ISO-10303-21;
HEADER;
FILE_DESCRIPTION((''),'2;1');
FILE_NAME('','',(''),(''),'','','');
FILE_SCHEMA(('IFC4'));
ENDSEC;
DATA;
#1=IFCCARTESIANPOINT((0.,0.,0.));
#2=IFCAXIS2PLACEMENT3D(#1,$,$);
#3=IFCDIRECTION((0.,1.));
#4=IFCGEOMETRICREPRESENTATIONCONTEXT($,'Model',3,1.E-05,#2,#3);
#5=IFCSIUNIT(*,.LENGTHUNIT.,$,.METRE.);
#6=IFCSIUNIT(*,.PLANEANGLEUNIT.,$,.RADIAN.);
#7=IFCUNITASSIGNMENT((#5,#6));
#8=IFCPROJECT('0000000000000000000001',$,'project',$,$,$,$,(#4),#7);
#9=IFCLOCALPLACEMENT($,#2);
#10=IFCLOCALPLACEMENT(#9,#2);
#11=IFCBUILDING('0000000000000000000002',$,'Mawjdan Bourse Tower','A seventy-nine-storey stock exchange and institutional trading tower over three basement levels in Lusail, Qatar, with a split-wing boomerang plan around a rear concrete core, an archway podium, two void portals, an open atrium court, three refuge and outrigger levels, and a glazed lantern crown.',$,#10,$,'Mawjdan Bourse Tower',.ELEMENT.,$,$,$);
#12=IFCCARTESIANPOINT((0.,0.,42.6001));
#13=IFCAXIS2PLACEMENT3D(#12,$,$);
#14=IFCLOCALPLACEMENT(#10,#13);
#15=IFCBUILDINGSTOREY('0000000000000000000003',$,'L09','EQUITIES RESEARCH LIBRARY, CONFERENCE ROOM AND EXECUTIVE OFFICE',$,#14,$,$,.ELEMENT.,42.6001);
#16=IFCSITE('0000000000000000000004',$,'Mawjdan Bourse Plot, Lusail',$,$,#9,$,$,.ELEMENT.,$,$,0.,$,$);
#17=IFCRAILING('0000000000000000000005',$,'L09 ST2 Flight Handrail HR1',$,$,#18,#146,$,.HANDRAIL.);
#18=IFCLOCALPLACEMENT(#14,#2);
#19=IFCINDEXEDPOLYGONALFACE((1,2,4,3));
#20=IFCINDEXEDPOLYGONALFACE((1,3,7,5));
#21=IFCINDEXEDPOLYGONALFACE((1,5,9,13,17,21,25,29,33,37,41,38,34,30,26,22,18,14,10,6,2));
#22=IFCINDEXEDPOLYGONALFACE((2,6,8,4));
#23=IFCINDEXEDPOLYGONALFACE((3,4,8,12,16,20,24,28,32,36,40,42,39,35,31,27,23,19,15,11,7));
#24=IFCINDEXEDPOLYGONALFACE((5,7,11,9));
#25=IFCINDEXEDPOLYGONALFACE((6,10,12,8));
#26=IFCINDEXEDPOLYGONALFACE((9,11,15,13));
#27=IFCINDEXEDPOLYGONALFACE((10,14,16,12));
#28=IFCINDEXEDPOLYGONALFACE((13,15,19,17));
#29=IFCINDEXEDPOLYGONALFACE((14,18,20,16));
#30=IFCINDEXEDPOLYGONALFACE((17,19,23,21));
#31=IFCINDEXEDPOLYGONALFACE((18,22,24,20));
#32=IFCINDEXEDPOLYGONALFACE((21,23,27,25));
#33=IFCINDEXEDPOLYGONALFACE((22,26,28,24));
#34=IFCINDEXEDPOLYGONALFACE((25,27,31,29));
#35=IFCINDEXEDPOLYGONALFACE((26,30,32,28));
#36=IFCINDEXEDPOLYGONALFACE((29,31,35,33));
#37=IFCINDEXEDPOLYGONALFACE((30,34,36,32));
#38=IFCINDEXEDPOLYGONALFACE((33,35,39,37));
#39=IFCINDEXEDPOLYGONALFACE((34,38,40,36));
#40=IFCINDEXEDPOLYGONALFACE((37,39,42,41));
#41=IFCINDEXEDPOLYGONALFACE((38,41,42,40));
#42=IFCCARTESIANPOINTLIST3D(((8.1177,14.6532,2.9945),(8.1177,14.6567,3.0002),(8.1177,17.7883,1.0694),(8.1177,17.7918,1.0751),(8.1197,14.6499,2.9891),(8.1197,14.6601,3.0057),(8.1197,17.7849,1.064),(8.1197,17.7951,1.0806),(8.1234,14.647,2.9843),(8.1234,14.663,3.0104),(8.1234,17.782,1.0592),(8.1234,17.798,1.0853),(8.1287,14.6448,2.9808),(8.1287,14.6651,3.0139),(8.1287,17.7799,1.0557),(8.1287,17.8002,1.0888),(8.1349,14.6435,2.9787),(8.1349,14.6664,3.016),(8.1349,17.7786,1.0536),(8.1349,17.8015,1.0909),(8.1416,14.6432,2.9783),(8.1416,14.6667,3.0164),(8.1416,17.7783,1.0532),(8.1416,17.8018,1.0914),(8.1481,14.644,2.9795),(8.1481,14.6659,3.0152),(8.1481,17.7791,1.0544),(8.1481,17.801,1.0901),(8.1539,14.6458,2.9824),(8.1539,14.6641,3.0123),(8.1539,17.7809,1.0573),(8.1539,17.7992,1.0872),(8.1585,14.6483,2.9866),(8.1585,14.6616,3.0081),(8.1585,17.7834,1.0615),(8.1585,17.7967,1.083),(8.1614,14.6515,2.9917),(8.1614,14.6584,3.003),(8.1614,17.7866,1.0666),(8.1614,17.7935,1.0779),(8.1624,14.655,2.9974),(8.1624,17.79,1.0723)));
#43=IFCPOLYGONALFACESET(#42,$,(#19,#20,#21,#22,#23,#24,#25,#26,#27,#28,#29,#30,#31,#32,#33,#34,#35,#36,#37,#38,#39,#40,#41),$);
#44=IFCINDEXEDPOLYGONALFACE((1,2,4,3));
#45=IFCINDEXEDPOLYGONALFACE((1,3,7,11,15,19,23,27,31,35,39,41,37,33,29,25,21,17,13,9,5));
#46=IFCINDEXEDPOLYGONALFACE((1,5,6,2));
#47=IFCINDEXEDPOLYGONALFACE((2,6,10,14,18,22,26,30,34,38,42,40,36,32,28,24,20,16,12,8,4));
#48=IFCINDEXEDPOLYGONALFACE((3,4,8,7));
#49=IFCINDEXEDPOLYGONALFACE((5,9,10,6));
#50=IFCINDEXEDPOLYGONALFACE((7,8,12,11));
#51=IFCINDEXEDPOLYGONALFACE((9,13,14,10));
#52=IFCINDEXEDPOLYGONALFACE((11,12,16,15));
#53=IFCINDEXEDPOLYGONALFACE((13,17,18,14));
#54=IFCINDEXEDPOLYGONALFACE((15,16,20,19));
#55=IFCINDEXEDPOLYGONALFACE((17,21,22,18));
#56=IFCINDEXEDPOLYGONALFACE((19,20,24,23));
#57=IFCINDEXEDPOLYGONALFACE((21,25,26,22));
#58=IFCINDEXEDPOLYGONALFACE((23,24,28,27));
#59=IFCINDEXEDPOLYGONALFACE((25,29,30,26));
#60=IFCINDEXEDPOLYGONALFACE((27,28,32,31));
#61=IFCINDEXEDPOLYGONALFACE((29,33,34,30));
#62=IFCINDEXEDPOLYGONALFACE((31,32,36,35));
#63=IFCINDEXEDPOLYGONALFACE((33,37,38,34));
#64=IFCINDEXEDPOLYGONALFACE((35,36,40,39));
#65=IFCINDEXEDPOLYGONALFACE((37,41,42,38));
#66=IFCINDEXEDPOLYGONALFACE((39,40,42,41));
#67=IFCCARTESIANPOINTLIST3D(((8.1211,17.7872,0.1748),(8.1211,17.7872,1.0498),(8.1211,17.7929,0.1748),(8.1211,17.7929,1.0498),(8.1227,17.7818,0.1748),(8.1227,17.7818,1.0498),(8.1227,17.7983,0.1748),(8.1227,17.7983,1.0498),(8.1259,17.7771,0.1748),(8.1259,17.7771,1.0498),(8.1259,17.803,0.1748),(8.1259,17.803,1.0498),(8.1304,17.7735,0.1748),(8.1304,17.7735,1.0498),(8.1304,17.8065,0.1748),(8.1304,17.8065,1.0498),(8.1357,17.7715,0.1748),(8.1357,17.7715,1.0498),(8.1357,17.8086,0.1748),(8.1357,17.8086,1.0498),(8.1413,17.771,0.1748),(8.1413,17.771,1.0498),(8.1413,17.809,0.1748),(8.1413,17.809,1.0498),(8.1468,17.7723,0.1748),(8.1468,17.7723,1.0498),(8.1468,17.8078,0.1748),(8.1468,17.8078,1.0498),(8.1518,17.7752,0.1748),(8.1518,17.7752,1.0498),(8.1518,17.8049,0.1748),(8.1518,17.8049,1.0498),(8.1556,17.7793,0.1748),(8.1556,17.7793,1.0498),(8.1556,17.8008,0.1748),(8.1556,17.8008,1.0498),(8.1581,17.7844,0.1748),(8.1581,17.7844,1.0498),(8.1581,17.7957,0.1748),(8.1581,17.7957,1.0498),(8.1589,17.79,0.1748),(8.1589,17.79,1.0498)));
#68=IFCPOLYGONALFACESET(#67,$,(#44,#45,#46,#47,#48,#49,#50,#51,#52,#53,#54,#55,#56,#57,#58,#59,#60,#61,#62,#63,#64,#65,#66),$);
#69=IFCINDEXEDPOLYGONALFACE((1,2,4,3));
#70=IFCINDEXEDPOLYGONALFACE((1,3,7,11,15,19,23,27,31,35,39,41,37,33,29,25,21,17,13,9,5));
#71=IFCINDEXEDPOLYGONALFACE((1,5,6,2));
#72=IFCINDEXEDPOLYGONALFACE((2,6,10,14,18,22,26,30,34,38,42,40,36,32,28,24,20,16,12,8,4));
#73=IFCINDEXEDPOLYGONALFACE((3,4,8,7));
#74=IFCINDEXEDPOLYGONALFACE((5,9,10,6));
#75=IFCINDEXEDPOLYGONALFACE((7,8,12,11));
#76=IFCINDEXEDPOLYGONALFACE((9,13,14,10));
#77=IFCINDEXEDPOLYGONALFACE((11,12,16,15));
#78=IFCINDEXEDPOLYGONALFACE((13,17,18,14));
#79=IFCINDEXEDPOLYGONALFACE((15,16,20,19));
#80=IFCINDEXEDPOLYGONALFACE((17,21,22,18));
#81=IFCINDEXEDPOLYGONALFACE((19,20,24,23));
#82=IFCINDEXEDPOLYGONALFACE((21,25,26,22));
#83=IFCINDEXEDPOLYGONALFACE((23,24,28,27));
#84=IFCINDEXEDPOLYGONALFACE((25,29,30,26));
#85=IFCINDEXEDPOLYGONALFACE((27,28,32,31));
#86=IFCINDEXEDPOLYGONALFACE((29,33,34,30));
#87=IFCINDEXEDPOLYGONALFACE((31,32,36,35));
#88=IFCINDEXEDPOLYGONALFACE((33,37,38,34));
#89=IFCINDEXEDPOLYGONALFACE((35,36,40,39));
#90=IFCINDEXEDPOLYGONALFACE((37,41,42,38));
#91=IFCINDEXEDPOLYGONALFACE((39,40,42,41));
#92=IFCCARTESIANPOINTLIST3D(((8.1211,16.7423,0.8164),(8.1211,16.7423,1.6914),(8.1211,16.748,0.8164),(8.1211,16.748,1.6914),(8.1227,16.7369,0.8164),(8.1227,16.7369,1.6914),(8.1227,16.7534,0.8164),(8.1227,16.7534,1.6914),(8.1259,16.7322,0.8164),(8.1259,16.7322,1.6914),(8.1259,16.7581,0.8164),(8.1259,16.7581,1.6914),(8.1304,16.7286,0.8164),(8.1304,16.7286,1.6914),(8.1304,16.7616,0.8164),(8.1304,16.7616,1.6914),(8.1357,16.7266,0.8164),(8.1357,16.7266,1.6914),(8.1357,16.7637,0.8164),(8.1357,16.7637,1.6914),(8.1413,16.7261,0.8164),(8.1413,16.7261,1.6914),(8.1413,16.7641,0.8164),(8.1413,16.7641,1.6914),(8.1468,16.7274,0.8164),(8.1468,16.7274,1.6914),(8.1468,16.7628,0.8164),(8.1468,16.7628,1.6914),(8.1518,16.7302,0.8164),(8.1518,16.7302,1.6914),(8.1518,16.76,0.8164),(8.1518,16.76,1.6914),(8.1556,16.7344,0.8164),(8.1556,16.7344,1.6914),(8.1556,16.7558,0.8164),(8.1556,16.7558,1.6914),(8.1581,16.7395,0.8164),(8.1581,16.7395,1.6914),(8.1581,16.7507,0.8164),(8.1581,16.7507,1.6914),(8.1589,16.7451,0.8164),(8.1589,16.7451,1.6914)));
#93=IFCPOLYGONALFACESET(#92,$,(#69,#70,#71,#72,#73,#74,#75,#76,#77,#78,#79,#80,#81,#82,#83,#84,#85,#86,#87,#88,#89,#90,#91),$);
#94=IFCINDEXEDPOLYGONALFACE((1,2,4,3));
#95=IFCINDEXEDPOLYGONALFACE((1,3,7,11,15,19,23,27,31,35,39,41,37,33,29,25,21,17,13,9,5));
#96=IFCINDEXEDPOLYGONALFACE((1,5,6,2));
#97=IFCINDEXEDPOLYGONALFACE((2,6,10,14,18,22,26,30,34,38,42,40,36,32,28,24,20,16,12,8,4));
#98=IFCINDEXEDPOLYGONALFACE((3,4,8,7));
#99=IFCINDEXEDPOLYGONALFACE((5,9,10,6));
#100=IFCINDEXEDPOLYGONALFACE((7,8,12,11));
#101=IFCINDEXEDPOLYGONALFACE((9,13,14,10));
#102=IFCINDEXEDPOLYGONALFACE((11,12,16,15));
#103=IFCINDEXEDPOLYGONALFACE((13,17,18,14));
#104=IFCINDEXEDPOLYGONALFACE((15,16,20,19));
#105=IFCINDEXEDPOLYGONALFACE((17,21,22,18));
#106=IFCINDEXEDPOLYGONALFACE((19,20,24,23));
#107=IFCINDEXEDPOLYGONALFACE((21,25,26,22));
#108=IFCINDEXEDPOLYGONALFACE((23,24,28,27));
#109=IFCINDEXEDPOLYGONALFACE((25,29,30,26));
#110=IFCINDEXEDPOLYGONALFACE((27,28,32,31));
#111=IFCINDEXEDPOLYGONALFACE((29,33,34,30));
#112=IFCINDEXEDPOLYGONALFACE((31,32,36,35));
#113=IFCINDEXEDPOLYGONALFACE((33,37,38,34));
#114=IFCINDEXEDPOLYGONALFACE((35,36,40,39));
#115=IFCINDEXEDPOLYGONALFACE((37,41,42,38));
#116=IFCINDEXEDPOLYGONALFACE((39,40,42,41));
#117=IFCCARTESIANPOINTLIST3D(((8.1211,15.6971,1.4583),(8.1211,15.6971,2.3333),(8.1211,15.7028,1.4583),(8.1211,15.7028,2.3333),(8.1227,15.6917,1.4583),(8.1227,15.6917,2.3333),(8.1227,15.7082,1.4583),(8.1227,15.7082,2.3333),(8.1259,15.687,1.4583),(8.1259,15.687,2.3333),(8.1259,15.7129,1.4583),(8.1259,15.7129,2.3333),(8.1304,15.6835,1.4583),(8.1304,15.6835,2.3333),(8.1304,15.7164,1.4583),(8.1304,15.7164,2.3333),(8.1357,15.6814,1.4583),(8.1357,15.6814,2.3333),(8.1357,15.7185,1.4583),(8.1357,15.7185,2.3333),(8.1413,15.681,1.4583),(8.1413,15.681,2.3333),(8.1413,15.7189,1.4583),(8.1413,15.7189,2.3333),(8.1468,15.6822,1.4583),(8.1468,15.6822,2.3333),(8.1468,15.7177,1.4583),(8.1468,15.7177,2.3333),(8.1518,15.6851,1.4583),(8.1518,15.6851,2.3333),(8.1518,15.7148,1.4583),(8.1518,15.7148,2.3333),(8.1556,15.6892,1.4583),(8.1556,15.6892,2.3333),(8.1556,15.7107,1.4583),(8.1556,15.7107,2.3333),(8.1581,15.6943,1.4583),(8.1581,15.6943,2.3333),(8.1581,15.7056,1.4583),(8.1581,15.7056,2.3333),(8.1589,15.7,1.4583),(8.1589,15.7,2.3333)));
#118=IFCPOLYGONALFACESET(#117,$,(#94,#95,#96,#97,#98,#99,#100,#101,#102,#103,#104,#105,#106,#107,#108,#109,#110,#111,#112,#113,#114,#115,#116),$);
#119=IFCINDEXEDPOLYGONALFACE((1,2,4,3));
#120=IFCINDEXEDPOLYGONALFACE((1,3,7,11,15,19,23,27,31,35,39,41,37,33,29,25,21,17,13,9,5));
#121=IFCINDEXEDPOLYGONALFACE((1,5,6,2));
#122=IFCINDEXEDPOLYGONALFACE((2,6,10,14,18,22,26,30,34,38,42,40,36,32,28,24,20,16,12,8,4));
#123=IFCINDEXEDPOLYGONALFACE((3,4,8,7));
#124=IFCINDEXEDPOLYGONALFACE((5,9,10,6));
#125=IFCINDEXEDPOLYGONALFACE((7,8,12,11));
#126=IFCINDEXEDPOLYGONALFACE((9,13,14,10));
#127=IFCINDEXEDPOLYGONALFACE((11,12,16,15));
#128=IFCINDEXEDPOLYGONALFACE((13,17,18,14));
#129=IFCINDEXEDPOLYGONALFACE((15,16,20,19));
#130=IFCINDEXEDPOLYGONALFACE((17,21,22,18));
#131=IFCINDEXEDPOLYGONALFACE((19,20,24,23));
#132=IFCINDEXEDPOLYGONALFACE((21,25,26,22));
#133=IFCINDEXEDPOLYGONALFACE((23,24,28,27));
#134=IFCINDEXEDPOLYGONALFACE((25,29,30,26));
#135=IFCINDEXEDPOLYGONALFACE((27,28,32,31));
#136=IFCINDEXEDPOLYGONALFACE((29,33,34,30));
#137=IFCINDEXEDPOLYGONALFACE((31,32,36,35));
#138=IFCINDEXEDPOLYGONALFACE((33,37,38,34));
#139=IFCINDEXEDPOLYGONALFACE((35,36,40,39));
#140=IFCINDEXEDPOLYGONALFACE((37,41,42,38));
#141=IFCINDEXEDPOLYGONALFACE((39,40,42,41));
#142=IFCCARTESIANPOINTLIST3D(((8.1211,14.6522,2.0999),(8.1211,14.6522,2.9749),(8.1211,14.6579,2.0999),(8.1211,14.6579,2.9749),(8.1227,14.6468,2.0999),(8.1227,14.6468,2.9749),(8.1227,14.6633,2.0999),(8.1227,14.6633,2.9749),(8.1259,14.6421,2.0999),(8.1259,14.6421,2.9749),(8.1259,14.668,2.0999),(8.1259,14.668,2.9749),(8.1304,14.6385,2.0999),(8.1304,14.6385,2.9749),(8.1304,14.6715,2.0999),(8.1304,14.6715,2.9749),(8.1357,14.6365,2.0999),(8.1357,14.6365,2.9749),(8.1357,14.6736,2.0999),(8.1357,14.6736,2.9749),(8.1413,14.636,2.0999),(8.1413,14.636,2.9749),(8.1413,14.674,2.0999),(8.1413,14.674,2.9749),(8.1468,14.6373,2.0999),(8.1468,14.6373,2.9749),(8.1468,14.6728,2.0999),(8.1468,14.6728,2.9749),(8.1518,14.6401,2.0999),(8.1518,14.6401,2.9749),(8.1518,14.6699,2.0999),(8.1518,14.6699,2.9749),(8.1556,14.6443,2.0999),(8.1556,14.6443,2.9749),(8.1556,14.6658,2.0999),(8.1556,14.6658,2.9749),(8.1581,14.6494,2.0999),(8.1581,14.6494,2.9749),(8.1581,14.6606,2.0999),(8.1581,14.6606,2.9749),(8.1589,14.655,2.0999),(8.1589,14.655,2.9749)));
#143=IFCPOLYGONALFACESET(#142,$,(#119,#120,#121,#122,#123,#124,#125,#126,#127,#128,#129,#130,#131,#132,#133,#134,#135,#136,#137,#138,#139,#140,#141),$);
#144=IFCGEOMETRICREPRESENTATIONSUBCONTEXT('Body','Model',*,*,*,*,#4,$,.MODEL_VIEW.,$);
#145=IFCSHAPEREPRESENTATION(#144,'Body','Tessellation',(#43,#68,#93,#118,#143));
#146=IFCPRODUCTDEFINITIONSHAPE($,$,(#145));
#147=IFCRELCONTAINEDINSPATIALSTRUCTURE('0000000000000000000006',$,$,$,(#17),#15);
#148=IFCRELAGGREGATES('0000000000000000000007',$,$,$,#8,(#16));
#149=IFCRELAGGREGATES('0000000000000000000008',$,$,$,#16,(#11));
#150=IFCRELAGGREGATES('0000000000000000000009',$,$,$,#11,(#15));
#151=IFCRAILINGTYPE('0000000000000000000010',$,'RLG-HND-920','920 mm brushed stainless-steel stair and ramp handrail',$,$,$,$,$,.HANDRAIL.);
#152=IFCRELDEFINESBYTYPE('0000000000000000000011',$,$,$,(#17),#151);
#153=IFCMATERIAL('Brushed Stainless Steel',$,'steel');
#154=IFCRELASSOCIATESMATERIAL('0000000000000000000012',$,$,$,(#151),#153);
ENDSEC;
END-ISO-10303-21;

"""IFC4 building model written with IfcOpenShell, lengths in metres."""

from ifc_helpers import new_model, si_unit, direction, frame, origin, origin_2d, place, context, subcontext, project, spatial, circle, extrude, material, type_object, element, save


model = new_model("IFC4")

# Units and contexts
model_context = context("Model", 3, precision=1e-05, world=origin(), true_north=direction((0.0, 1.0)))
body_context = subcontext(model_context, "Body", "Model", "MODEL_VIEW")
ifc_project = project(units=[si_unit("LENGTHUNIT", "METRE"), si_unit("PLANEANGLEUNIT", "RADIAN")], contexts=[model_context])

# Site, building, storey
site_placement = place(None, origin())
site = spatial("IfcSite", under=ifc_project, at=site_placement, Name="Mawjdan Bourse Plot, Lusail", CompositionType="ELEMENT", RefElevation=0.0)
building_placement = place(site_placement, origin())
building = spatial("IfcBuilding", under=site, at=building_placement, Name="Mawjdan Bourse Tower", Description="A seventy-nine-storey stock exchange and institutional trading tower over three basement levels in Lusail, Qatar, with a split-wing boomerang plan around a rear concrete core, an archway podium, two void portals, an open atrium court, three refuge and outrigger levels, and a glazed lantern crown.", LongName="Mawjdan Bourse Tower", CompositionType="ELEMENT")
storey_placement = place(building_placement, frame((0.0, 0.0, 42.6001)))
storey = spatial("IfcBuildingStorey", under=building, at=storey_placement, Name="L09", Description="EQUITIES RESEARCH LIBRARY, CONFERENCE ROOM AND EXECUTIVE OFFICE", CompositionType="ELEMENT", Elevation=42.6001)

# Shared definitions
ifc_material_1 = material(Name="Brushed Stainless Steel", Category="steel")

# Railing
railing_type_1 = type_object("IfcRailingType", Name="RLG-HND-920", Description="920 mm brushed stainless-steel stair and ramp handrail", PredefinedType="HANDRAIL", material=ifc_material_1)
railing_1_placement = place(storey_placement, frame((8.1399, 17.79, 0.1748)))
element("IfcRailing", 1, at=railing_1_placement, inside=storey, type_object=railing_type_1, Name="L09 ST2 Flight Handrail HR1", PredefinedType="HANDRAIL", context=body_context, shape_type="SweptSolid", body=[
    extrude(circle(Radius=0.0225, at=origin_2d()), frame((0.0, 0.0, 0.8975), z_axis=(0.0, -0.852166, 0.523271), x_axis=(1.0, 0.0, 0.0)), (0.0, 0.0, 1.0), 3.679),
    extrude(circle(Radius=0.019, at=origin_2d()), origin(), (0.0, 0.0, 1.0), 0.875),
    extrude(circle(Radius=0.019, at=origin_2d()), frame((0.0, -1.0449, 0.6416)), (0.0, 0.0, 1.0), 0.875),
    extrude(circle(Radius=0.019, at=origin_2d()), frame((0.0, -2.0901, 1.2834)), (0.0, 0.0, 1.0), 0.875),
    extrude(circle(Radius=0.019, at=origin_2d()), frame((0.0, -3.135, 1.925)), (0.0, 0.0, 1.0), 0.875),
])

save(model, "model.ifc")
